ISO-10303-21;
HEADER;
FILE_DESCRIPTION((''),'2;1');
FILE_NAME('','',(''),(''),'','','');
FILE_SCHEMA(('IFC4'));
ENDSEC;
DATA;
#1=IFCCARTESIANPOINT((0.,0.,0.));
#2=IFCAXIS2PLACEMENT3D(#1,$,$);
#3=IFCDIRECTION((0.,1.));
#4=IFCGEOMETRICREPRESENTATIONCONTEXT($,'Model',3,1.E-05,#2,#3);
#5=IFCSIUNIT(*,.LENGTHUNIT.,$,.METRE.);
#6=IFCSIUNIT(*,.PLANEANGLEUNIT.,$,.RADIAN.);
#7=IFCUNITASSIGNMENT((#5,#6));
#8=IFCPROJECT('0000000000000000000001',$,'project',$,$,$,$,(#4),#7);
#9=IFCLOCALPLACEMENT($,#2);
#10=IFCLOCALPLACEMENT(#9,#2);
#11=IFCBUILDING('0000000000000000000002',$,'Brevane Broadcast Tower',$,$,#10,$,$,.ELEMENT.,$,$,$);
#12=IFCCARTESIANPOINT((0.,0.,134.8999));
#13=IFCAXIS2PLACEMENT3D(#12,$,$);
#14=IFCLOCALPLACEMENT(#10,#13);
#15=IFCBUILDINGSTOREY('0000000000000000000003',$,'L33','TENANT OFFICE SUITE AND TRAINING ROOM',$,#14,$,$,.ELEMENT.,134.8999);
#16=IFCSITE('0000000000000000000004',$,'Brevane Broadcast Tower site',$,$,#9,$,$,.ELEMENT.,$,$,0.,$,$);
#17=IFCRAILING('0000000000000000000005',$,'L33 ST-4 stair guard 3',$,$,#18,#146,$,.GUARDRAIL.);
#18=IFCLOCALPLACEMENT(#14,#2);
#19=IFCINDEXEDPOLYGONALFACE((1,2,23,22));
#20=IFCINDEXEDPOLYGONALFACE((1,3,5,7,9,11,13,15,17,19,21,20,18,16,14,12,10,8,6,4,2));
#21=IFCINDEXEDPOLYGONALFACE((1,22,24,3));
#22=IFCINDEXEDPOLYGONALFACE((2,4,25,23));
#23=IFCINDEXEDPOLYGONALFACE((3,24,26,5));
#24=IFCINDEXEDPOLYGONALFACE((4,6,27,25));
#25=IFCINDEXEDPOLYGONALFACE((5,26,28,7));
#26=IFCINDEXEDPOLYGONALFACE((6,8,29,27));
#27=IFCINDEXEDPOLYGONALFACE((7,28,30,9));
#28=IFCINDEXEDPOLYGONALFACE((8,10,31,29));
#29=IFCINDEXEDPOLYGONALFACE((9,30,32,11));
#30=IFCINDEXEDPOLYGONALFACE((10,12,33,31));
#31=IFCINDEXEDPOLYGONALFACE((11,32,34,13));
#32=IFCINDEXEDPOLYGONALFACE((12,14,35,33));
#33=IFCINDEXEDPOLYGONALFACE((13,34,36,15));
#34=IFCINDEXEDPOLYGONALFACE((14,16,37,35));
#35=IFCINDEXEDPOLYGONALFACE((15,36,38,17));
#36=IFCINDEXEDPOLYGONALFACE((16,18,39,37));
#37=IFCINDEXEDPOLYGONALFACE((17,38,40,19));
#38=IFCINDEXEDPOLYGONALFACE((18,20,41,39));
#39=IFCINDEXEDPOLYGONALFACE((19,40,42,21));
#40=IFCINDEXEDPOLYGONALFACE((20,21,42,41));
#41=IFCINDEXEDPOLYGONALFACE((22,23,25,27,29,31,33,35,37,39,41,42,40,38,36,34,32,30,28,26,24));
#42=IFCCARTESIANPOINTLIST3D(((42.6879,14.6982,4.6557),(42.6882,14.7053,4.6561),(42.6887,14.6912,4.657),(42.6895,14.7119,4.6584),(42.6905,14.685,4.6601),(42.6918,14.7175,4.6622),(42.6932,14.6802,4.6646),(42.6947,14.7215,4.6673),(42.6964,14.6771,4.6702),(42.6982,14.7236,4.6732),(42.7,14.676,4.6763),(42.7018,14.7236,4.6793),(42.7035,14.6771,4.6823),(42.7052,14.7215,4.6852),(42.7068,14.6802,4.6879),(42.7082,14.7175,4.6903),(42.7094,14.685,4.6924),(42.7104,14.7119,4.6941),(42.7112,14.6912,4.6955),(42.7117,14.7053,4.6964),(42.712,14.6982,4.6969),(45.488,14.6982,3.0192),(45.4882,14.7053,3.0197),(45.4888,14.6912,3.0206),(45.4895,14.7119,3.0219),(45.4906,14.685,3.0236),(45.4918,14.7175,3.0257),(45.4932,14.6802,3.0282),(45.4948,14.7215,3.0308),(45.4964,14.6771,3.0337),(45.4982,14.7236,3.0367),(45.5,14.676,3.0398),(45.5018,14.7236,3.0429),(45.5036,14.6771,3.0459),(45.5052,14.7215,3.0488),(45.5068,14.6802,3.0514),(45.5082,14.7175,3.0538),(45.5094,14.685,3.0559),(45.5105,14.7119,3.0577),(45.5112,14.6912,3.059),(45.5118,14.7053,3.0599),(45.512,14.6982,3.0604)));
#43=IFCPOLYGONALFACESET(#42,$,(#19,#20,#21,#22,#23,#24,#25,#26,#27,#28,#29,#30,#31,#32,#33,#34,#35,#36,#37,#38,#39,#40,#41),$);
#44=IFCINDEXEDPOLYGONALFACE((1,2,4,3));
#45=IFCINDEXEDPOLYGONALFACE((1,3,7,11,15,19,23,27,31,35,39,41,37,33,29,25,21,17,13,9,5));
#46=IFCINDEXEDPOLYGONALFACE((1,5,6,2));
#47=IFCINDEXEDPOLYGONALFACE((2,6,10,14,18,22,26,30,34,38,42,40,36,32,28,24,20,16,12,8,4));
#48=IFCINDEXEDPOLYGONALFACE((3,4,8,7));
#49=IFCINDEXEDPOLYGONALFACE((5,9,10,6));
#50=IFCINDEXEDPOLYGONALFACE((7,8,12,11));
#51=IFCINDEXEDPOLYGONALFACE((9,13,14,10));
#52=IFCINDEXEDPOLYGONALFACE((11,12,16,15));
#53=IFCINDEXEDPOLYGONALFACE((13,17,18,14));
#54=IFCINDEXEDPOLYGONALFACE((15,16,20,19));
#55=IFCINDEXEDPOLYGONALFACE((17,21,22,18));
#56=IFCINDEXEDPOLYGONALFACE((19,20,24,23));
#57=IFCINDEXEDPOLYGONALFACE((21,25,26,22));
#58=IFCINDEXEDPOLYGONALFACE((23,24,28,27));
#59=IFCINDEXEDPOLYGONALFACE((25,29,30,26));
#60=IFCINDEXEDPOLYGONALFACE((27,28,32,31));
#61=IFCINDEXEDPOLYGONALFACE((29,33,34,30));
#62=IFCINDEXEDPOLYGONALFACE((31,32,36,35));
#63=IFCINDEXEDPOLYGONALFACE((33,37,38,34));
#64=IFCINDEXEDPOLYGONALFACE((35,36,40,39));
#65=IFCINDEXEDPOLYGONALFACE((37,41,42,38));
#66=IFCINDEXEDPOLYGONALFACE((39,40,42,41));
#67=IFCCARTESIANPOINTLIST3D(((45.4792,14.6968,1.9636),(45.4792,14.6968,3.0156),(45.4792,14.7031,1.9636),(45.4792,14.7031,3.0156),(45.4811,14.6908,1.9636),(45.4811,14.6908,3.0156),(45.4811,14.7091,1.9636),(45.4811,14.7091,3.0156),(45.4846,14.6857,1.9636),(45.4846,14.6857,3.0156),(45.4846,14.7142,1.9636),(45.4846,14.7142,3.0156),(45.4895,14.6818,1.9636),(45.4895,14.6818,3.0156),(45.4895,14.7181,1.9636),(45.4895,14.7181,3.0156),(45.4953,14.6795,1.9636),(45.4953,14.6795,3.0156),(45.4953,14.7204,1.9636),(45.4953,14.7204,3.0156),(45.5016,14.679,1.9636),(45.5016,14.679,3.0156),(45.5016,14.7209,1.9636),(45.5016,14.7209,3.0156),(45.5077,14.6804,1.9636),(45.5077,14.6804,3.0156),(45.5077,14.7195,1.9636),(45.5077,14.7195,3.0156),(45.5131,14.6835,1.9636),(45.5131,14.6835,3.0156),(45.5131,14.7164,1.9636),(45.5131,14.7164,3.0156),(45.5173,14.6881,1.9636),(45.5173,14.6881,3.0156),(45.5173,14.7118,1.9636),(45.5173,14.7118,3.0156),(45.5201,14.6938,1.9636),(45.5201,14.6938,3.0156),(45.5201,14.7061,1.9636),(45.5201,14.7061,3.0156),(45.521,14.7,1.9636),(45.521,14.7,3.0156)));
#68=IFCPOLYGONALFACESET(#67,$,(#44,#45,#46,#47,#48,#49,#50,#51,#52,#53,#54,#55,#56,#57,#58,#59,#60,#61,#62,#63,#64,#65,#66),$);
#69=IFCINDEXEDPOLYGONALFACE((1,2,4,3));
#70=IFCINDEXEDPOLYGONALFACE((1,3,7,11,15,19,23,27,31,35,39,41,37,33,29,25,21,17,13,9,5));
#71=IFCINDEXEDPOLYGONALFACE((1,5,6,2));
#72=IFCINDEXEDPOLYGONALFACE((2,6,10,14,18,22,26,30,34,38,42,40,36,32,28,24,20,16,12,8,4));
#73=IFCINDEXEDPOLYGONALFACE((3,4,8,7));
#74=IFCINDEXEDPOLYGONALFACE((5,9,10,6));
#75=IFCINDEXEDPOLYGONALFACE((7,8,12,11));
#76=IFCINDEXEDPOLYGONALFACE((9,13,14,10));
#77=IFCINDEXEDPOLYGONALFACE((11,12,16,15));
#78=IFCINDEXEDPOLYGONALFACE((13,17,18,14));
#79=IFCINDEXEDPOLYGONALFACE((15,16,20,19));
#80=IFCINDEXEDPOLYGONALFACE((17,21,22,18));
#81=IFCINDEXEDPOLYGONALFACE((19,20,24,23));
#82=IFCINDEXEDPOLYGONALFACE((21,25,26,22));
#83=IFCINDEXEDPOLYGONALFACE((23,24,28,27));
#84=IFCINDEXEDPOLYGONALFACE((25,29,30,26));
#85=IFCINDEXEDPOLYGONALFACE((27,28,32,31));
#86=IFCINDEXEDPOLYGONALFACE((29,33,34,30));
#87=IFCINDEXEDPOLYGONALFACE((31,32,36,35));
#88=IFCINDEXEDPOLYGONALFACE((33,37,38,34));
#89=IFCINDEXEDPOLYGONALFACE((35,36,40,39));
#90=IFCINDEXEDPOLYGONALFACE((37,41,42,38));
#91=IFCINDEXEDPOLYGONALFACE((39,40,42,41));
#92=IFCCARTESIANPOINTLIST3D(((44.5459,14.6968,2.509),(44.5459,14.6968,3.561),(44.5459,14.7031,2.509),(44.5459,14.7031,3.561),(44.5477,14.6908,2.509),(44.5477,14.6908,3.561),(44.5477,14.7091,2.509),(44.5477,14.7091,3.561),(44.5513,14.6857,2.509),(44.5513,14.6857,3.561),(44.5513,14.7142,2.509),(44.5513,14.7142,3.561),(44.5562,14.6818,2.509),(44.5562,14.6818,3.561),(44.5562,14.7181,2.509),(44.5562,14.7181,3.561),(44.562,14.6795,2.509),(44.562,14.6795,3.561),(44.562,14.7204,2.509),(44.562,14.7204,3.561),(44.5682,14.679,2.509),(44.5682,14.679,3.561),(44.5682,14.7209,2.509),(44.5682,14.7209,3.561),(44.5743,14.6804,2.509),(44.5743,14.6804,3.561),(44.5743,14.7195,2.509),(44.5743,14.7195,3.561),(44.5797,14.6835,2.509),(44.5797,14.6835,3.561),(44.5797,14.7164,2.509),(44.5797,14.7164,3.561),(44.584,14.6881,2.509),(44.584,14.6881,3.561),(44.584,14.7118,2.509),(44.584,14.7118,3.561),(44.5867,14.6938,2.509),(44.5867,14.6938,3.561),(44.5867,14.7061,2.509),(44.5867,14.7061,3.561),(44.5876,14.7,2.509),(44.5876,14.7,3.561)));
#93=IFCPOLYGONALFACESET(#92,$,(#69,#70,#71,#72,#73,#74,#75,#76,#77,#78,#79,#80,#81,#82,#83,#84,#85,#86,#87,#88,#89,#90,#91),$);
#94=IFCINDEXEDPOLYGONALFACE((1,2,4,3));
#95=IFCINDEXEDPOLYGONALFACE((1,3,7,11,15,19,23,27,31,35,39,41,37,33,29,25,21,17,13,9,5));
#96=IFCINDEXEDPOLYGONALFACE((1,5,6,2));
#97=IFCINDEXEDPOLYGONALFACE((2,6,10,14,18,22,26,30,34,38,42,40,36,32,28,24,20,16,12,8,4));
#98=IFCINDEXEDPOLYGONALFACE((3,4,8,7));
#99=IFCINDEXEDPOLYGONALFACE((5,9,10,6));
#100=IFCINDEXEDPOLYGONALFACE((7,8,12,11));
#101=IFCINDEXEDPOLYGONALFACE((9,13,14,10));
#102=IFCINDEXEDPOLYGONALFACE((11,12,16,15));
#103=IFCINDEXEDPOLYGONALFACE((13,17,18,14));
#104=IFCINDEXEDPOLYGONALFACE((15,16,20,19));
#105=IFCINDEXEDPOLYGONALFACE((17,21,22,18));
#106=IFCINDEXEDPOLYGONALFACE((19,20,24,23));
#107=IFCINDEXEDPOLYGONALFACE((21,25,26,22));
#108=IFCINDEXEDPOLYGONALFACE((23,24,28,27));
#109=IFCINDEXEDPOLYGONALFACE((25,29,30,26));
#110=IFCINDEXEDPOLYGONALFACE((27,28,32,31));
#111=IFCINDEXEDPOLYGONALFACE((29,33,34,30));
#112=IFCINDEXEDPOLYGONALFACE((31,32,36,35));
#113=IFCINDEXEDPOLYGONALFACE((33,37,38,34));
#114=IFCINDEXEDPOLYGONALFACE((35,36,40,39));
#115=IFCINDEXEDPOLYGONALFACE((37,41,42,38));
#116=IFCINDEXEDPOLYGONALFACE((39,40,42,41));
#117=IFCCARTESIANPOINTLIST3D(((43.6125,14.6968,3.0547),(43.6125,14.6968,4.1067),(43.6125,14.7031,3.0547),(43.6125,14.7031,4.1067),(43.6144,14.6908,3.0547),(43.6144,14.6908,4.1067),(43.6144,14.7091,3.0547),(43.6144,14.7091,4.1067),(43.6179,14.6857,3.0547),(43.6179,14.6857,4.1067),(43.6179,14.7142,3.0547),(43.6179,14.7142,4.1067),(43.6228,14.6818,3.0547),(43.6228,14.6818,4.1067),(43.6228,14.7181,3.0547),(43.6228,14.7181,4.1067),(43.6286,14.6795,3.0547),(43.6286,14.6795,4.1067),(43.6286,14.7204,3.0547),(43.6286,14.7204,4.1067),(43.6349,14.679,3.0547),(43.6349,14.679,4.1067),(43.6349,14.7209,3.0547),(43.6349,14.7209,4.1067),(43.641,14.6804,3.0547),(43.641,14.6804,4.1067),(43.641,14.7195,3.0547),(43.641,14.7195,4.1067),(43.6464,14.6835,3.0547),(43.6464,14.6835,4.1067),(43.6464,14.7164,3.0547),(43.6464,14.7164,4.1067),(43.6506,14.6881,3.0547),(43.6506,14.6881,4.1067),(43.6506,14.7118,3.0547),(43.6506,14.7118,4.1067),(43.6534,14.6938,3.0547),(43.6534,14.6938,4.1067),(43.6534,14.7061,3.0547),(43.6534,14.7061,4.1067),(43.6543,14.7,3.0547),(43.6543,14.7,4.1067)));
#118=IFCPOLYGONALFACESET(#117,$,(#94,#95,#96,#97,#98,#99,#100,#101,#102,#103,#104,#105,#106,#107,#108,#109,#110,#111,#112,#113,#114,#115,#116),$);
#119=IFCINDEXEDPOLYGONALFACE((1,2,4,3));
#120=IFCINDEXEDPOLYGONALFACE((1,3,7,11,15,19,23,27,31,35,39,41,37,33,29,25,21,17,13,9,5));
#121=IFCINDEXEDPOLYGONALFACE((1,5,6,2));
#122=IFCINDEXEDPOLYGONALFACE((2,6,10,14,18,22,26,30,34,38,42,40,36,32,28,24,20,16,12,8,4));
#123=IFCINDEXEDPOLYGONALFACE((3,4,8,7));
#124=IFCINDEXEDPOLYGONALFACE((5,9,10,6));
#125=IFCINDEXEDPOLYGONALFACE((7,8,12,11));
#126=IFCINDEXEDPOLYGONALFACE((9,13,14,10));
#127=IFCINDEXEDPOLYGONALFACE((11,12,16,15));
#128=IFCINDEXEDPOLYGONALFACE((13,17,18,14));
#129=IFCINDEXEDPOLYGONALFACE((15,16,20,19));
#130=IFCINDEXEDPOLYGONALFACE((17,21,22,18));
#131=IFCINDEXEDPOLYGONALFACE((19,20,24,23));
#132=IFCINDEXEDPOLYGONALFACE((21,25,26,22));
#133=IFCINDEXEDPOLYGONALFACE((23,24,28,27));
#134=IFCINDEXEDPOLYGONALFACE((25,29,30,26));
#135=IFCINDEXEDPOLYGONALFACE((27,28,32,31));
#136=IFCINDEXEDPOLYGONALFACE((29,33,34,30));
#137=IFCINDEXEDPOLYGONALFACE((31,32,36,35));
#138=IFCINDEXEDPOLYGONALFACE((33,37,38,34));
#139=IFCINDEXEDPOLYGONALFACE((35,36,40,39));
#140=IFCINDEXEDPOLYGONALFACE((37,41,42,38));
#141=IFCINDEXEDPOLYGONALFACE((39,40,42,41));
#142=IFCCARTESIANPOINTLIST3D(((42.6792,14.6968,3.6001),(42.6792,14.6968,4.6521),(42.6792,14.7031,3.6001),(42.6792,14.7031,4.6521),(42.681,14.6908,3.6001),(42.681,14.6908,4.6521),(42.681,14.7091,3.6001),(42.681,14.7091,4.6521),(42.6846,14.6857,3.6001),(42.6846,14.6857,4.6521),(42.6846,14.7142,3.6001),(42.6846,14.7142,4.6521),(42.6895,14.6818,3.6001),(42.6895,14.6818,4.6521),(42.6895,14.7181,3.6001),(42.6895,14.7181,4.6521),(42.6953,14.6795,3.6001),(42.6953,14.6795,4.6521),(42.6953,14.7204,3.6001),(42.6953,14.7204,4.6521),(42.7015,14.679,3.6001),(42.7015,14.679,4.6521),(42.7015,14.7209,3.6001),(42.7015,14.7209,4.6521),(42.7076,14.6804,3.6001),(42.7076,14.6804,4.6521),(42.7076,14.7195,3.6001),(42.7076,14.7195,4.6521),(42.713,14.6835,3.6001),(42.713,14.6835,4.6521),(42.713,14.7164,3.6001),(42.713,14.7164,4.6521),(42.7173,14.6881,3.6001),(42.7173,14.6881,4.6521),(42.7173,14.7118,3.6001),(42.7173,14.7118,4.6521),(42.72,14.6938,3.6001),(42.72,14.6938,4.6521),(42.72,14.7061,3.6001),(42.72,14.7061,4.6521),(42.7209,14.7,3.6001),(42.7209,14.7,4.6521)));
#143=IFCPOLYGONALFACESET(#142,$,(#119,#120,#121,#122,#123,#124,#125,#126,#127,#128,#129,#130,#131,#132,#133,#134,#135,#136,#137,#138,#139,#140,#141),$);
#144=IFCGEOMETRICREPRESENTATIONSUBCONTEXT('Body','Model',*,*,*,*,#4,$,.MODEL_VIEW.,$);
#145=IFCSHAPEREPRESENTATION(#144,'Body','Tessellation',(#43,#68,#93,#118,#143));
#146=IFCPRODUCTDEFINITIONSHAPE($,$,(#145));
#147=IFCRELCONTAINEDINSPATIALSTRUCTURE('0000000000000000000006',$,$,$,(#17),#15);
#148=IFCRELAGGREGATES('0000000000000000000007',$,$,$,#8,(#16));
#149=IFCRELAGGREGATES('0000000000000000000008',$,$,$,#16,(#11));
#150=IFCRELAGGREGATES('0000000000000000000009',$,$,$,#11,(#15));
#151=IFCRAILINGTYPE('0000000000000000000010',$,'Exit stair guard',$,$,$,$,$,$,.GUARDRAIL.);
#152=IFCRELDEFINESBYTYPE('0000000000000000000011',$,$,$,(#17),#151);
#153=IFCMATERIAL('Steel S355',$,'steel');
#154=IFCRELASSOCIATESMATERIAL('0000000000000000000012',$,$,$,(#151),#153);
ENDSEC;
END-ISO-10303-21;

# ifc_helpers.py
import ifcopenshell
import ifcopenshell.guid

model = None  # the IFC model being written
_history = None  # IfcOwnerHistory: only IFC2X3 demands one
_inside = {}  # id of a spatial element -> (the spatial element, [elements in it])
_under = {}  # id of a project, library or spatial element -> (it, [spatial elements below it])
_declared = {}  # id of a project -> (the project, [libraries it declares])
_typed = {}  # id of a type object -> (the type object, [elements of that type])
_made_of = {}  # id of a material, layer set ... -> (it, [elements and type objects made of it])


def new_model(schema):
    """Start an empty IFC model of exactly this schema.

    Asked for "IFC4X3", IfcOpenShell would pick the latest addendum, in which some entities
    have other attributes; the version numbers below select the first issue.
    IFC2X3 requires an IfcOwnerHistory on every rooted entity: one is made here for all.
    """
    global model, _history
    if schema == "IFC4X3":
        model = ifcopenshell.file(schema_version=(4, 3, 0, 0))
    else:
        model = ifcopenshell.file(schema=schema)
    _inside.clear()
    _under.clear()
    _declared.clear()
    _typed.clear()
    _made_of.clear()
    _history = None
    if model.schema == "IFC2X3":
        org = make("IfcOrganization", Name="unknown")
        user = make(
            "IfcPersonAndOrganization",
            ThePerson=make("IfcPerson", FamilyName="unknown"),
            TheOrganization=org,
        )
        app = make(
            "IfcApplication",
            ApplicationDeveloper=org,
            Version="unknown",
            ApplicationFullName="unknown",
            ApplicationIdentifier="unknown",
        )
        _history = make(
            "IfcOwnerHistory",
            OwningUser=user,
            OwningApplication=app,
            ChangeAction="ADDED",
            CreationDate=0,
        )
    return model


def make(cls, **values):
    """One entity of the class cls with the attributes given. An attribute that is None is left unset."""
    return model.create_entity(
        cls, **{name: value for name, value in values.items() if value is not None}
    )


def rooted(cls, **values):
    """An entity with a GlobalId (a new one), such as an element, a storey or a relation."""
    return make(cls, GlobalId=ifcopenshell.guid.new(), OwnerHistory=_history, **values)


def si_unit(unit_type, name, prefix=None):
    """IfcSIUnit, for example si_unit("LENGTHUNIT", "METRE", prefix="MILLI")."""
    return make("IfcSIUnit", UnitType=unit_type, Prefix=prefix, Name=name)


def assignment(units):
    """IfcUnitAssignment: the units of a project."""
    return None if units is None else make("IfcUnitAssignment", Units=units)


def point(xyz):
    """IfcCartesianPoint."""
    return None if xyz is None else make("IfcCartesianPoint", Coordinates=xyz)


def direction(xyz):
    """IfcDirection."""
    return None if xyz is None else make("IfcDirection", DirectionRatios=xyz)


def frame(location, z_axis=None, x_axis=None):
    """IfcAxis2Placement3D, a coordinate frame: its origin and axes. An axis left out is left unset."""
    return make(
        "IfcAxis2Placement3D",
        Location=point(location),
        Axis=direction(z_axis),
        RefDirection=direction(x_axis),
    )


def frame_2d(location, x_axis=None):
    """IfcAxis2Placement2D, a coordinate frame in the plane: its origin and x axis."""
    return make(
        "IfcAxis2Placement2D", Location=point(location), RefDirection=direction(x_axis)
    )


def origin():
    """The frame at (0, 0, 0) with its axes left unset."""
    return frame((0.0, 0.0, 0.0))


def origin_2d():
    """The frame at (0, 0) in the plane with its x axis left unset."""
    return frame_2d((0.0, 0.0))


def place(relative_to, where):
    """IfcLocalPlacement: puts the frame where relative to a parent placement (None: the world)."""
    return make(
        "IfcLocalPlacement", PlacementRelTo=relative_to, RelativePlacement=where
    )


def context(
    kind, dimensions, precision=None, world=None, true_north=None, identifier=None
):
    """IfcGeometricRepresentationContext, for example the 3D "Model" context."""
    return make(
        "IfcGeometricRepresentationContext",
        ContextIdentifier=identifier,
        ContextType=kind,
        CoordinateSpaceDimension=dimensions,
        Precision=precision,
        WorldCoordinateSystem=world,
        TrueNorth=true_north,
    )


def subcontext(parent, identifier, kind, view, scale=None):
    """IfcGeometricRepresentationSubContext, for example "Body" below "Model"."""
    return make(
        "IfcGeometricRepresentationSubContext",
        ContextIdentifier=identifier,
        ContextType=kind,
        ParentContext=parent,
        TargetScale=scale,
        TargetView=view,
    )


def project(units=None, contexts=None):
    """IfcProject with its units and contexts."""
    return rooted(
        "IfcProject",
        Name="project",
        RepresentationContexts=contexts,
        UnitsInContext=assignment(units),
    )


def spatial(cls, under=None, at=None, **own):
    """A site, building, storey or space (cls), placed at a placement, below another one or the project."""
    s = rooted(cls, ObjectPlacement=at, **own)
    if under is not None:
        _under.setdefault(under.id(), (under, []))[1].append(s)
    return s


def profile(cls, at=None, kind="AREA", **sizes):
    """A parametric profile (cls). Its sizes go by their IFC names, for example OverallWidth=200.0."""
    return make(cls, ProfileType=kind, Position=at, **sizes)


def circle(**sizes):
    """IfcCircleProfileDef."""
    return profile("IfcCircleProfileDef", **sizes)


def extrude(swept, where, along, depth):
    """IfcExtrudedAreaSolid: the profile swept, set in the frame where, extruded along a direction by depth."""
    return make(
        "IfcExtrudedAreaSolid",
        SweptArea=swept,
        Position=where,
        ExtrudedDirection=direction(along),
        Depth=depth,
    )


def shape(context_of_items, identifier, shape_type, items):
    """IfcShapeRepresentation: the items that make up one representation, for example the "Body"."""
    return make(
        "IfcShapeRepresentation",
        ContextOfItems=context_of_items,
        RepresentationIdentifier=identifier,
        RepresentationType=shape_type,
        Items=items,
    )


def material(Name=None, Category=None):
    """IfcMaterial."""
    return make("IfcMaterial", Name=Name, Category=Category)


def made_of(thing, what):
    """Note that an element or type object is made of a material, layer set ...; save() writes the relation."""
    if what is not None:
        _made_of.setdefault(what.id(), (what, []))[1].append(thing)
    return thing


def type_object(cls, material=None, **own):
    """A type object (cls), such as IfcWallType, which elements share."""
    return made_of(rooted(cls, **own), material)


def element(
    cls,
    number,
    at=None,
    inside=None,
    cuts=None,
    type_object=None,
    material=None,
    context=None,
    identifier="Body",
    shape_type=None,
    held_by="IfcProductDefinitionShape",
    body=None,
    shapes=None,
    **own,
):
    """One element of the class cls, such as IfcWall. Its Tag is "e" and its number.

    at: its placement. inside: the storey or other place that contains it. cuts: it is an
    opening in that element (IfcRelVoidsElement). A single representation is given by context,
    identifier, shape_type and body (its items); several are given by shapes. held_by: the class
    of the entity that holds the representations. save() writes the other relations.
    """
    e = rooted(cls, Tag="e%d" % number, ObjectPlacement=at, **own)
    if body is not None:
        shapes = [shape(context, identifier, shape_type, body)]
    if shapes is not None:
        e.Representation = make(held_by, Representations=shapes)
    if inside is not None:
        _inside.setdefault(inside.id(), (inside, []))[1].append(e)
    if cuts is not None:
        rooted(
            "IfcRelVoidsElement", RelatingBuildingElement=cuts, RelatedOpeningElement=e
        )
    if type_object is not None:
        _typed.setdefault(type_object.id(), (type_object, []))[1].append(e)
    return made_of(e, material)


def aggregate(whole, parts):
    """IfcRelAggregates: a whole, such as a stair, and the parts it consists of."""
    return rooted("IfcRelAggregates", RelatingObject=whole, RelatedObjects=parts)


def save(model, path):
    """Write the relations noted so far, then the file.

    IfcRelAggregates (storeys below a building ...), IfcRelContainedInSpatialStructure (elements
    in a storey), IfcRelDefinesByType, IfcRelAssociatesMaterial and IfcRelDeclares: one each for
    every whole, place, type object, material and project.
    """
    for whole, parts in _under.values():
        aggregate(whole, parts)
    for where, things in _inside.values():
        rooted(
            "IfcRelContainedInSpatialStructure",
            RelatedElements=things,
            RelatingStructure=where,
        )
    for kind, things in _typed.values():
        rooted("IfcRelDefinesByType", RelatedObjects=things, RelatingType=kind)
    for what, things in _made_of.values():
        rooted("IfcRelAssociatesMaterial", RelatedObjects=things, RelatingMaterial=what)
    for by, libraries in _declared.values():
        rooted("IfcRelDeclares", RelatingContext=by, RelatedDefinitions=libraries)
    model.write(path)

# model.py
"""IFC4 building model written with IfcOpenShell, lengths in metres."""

from ifc_helpers import new_model, si_unit, direction, frame, origin, origin_2d, place, context, subcontext, project, spatial, circle, extrude, material, type_object, element, save


model = new_model("IFC4")

# Units and contexts
model_context = context("Model", 3, precision=1e-05, world=origin(), true_north=direction((0.0, 1.0)))
body_context = subcontext(model_context, "Body", "Model", "MODEL_VIEW")
ifc_project = project(units=[si_unit("LENGTHUNIT", "METRE"), si_unit("PLANEANGLEUNIT", "RADIAN")], contexts=[model_context])

# Site, building, storey
site_placement = place(None, origin())
site = spatial("IfcSite", under=ifc_project, at=site_placement, Name="Brevane Broadcast Tower site", CompositionType="ELEMENT", RefElevation=0.0)
building_placement = place(site_placement, origin())
building = spatial("IfcBuilding", under=site, at=building_placement, Name="Brevane Broadcast Tower", CompositionType="ELEMENT")
storey_placement = place(building_placement, frame((0.0, 0.0, 134.8999)))
storey = spatial("IfcBuildingStorey", under=building, at=storey_placement, Name="L33", Description="TENANT OFFICE SUITE AND TRAINING ROOM", CompositionType="ELEMENT", Elevation=134.8999)

# Railing
ifc_material_1 = material(Name="Steel S355", Category="steel")
railing_type_1 = type_object("IfcRailingType", Name="Exit stair guard", PredefinedType="GUARDRAIL", material=ifc_material_1)
railing_1_placement = place(storey_placement, frame((45.5, 14.7, 1.9636)))
element("IfcRailing", 1, at=railing_1_placement, inside=storey, type_object=railing_type_1, Name="L33 ST-4 stair guard 3", PredefinedType="GUARDRAIL", context=body_context, shape_type="SweptSolid", body=[
    extrude(circle(Radius=0.0239, at=origin_2d()), frame((0.0, 0.0, 1.0762), z_axis=(-0.863361, 0.0, 0.504587), x_axis=(0.0, -1.0, 0.0)), (0.0, 0.0, 1.0), 3.2432),
    extrude(circle(Radius=0.021, at=origin_2d()), origin(), (0.0, 0.0, 1.0), 1.052),
    extrude(circle(Radius=0.021, at=origin_2d()), frame((-0.9333, 0.0, 0.5454)), (0.0, 0.0, 1.0), 1.052),
    extrude(circle(Radius=0.021, at=origin_2d()), frame((-1.8667, 0.0, 1.0911)), (0.0, 0.0, 1.0), 1.052),
    extrude(circle(Radius=0.021, at=origin_2d()), frame((-2.8, 0.0, 1.6365)), (0.0, 0.0, 1.0), 1.052),
])

save(model, "model.ifc")
